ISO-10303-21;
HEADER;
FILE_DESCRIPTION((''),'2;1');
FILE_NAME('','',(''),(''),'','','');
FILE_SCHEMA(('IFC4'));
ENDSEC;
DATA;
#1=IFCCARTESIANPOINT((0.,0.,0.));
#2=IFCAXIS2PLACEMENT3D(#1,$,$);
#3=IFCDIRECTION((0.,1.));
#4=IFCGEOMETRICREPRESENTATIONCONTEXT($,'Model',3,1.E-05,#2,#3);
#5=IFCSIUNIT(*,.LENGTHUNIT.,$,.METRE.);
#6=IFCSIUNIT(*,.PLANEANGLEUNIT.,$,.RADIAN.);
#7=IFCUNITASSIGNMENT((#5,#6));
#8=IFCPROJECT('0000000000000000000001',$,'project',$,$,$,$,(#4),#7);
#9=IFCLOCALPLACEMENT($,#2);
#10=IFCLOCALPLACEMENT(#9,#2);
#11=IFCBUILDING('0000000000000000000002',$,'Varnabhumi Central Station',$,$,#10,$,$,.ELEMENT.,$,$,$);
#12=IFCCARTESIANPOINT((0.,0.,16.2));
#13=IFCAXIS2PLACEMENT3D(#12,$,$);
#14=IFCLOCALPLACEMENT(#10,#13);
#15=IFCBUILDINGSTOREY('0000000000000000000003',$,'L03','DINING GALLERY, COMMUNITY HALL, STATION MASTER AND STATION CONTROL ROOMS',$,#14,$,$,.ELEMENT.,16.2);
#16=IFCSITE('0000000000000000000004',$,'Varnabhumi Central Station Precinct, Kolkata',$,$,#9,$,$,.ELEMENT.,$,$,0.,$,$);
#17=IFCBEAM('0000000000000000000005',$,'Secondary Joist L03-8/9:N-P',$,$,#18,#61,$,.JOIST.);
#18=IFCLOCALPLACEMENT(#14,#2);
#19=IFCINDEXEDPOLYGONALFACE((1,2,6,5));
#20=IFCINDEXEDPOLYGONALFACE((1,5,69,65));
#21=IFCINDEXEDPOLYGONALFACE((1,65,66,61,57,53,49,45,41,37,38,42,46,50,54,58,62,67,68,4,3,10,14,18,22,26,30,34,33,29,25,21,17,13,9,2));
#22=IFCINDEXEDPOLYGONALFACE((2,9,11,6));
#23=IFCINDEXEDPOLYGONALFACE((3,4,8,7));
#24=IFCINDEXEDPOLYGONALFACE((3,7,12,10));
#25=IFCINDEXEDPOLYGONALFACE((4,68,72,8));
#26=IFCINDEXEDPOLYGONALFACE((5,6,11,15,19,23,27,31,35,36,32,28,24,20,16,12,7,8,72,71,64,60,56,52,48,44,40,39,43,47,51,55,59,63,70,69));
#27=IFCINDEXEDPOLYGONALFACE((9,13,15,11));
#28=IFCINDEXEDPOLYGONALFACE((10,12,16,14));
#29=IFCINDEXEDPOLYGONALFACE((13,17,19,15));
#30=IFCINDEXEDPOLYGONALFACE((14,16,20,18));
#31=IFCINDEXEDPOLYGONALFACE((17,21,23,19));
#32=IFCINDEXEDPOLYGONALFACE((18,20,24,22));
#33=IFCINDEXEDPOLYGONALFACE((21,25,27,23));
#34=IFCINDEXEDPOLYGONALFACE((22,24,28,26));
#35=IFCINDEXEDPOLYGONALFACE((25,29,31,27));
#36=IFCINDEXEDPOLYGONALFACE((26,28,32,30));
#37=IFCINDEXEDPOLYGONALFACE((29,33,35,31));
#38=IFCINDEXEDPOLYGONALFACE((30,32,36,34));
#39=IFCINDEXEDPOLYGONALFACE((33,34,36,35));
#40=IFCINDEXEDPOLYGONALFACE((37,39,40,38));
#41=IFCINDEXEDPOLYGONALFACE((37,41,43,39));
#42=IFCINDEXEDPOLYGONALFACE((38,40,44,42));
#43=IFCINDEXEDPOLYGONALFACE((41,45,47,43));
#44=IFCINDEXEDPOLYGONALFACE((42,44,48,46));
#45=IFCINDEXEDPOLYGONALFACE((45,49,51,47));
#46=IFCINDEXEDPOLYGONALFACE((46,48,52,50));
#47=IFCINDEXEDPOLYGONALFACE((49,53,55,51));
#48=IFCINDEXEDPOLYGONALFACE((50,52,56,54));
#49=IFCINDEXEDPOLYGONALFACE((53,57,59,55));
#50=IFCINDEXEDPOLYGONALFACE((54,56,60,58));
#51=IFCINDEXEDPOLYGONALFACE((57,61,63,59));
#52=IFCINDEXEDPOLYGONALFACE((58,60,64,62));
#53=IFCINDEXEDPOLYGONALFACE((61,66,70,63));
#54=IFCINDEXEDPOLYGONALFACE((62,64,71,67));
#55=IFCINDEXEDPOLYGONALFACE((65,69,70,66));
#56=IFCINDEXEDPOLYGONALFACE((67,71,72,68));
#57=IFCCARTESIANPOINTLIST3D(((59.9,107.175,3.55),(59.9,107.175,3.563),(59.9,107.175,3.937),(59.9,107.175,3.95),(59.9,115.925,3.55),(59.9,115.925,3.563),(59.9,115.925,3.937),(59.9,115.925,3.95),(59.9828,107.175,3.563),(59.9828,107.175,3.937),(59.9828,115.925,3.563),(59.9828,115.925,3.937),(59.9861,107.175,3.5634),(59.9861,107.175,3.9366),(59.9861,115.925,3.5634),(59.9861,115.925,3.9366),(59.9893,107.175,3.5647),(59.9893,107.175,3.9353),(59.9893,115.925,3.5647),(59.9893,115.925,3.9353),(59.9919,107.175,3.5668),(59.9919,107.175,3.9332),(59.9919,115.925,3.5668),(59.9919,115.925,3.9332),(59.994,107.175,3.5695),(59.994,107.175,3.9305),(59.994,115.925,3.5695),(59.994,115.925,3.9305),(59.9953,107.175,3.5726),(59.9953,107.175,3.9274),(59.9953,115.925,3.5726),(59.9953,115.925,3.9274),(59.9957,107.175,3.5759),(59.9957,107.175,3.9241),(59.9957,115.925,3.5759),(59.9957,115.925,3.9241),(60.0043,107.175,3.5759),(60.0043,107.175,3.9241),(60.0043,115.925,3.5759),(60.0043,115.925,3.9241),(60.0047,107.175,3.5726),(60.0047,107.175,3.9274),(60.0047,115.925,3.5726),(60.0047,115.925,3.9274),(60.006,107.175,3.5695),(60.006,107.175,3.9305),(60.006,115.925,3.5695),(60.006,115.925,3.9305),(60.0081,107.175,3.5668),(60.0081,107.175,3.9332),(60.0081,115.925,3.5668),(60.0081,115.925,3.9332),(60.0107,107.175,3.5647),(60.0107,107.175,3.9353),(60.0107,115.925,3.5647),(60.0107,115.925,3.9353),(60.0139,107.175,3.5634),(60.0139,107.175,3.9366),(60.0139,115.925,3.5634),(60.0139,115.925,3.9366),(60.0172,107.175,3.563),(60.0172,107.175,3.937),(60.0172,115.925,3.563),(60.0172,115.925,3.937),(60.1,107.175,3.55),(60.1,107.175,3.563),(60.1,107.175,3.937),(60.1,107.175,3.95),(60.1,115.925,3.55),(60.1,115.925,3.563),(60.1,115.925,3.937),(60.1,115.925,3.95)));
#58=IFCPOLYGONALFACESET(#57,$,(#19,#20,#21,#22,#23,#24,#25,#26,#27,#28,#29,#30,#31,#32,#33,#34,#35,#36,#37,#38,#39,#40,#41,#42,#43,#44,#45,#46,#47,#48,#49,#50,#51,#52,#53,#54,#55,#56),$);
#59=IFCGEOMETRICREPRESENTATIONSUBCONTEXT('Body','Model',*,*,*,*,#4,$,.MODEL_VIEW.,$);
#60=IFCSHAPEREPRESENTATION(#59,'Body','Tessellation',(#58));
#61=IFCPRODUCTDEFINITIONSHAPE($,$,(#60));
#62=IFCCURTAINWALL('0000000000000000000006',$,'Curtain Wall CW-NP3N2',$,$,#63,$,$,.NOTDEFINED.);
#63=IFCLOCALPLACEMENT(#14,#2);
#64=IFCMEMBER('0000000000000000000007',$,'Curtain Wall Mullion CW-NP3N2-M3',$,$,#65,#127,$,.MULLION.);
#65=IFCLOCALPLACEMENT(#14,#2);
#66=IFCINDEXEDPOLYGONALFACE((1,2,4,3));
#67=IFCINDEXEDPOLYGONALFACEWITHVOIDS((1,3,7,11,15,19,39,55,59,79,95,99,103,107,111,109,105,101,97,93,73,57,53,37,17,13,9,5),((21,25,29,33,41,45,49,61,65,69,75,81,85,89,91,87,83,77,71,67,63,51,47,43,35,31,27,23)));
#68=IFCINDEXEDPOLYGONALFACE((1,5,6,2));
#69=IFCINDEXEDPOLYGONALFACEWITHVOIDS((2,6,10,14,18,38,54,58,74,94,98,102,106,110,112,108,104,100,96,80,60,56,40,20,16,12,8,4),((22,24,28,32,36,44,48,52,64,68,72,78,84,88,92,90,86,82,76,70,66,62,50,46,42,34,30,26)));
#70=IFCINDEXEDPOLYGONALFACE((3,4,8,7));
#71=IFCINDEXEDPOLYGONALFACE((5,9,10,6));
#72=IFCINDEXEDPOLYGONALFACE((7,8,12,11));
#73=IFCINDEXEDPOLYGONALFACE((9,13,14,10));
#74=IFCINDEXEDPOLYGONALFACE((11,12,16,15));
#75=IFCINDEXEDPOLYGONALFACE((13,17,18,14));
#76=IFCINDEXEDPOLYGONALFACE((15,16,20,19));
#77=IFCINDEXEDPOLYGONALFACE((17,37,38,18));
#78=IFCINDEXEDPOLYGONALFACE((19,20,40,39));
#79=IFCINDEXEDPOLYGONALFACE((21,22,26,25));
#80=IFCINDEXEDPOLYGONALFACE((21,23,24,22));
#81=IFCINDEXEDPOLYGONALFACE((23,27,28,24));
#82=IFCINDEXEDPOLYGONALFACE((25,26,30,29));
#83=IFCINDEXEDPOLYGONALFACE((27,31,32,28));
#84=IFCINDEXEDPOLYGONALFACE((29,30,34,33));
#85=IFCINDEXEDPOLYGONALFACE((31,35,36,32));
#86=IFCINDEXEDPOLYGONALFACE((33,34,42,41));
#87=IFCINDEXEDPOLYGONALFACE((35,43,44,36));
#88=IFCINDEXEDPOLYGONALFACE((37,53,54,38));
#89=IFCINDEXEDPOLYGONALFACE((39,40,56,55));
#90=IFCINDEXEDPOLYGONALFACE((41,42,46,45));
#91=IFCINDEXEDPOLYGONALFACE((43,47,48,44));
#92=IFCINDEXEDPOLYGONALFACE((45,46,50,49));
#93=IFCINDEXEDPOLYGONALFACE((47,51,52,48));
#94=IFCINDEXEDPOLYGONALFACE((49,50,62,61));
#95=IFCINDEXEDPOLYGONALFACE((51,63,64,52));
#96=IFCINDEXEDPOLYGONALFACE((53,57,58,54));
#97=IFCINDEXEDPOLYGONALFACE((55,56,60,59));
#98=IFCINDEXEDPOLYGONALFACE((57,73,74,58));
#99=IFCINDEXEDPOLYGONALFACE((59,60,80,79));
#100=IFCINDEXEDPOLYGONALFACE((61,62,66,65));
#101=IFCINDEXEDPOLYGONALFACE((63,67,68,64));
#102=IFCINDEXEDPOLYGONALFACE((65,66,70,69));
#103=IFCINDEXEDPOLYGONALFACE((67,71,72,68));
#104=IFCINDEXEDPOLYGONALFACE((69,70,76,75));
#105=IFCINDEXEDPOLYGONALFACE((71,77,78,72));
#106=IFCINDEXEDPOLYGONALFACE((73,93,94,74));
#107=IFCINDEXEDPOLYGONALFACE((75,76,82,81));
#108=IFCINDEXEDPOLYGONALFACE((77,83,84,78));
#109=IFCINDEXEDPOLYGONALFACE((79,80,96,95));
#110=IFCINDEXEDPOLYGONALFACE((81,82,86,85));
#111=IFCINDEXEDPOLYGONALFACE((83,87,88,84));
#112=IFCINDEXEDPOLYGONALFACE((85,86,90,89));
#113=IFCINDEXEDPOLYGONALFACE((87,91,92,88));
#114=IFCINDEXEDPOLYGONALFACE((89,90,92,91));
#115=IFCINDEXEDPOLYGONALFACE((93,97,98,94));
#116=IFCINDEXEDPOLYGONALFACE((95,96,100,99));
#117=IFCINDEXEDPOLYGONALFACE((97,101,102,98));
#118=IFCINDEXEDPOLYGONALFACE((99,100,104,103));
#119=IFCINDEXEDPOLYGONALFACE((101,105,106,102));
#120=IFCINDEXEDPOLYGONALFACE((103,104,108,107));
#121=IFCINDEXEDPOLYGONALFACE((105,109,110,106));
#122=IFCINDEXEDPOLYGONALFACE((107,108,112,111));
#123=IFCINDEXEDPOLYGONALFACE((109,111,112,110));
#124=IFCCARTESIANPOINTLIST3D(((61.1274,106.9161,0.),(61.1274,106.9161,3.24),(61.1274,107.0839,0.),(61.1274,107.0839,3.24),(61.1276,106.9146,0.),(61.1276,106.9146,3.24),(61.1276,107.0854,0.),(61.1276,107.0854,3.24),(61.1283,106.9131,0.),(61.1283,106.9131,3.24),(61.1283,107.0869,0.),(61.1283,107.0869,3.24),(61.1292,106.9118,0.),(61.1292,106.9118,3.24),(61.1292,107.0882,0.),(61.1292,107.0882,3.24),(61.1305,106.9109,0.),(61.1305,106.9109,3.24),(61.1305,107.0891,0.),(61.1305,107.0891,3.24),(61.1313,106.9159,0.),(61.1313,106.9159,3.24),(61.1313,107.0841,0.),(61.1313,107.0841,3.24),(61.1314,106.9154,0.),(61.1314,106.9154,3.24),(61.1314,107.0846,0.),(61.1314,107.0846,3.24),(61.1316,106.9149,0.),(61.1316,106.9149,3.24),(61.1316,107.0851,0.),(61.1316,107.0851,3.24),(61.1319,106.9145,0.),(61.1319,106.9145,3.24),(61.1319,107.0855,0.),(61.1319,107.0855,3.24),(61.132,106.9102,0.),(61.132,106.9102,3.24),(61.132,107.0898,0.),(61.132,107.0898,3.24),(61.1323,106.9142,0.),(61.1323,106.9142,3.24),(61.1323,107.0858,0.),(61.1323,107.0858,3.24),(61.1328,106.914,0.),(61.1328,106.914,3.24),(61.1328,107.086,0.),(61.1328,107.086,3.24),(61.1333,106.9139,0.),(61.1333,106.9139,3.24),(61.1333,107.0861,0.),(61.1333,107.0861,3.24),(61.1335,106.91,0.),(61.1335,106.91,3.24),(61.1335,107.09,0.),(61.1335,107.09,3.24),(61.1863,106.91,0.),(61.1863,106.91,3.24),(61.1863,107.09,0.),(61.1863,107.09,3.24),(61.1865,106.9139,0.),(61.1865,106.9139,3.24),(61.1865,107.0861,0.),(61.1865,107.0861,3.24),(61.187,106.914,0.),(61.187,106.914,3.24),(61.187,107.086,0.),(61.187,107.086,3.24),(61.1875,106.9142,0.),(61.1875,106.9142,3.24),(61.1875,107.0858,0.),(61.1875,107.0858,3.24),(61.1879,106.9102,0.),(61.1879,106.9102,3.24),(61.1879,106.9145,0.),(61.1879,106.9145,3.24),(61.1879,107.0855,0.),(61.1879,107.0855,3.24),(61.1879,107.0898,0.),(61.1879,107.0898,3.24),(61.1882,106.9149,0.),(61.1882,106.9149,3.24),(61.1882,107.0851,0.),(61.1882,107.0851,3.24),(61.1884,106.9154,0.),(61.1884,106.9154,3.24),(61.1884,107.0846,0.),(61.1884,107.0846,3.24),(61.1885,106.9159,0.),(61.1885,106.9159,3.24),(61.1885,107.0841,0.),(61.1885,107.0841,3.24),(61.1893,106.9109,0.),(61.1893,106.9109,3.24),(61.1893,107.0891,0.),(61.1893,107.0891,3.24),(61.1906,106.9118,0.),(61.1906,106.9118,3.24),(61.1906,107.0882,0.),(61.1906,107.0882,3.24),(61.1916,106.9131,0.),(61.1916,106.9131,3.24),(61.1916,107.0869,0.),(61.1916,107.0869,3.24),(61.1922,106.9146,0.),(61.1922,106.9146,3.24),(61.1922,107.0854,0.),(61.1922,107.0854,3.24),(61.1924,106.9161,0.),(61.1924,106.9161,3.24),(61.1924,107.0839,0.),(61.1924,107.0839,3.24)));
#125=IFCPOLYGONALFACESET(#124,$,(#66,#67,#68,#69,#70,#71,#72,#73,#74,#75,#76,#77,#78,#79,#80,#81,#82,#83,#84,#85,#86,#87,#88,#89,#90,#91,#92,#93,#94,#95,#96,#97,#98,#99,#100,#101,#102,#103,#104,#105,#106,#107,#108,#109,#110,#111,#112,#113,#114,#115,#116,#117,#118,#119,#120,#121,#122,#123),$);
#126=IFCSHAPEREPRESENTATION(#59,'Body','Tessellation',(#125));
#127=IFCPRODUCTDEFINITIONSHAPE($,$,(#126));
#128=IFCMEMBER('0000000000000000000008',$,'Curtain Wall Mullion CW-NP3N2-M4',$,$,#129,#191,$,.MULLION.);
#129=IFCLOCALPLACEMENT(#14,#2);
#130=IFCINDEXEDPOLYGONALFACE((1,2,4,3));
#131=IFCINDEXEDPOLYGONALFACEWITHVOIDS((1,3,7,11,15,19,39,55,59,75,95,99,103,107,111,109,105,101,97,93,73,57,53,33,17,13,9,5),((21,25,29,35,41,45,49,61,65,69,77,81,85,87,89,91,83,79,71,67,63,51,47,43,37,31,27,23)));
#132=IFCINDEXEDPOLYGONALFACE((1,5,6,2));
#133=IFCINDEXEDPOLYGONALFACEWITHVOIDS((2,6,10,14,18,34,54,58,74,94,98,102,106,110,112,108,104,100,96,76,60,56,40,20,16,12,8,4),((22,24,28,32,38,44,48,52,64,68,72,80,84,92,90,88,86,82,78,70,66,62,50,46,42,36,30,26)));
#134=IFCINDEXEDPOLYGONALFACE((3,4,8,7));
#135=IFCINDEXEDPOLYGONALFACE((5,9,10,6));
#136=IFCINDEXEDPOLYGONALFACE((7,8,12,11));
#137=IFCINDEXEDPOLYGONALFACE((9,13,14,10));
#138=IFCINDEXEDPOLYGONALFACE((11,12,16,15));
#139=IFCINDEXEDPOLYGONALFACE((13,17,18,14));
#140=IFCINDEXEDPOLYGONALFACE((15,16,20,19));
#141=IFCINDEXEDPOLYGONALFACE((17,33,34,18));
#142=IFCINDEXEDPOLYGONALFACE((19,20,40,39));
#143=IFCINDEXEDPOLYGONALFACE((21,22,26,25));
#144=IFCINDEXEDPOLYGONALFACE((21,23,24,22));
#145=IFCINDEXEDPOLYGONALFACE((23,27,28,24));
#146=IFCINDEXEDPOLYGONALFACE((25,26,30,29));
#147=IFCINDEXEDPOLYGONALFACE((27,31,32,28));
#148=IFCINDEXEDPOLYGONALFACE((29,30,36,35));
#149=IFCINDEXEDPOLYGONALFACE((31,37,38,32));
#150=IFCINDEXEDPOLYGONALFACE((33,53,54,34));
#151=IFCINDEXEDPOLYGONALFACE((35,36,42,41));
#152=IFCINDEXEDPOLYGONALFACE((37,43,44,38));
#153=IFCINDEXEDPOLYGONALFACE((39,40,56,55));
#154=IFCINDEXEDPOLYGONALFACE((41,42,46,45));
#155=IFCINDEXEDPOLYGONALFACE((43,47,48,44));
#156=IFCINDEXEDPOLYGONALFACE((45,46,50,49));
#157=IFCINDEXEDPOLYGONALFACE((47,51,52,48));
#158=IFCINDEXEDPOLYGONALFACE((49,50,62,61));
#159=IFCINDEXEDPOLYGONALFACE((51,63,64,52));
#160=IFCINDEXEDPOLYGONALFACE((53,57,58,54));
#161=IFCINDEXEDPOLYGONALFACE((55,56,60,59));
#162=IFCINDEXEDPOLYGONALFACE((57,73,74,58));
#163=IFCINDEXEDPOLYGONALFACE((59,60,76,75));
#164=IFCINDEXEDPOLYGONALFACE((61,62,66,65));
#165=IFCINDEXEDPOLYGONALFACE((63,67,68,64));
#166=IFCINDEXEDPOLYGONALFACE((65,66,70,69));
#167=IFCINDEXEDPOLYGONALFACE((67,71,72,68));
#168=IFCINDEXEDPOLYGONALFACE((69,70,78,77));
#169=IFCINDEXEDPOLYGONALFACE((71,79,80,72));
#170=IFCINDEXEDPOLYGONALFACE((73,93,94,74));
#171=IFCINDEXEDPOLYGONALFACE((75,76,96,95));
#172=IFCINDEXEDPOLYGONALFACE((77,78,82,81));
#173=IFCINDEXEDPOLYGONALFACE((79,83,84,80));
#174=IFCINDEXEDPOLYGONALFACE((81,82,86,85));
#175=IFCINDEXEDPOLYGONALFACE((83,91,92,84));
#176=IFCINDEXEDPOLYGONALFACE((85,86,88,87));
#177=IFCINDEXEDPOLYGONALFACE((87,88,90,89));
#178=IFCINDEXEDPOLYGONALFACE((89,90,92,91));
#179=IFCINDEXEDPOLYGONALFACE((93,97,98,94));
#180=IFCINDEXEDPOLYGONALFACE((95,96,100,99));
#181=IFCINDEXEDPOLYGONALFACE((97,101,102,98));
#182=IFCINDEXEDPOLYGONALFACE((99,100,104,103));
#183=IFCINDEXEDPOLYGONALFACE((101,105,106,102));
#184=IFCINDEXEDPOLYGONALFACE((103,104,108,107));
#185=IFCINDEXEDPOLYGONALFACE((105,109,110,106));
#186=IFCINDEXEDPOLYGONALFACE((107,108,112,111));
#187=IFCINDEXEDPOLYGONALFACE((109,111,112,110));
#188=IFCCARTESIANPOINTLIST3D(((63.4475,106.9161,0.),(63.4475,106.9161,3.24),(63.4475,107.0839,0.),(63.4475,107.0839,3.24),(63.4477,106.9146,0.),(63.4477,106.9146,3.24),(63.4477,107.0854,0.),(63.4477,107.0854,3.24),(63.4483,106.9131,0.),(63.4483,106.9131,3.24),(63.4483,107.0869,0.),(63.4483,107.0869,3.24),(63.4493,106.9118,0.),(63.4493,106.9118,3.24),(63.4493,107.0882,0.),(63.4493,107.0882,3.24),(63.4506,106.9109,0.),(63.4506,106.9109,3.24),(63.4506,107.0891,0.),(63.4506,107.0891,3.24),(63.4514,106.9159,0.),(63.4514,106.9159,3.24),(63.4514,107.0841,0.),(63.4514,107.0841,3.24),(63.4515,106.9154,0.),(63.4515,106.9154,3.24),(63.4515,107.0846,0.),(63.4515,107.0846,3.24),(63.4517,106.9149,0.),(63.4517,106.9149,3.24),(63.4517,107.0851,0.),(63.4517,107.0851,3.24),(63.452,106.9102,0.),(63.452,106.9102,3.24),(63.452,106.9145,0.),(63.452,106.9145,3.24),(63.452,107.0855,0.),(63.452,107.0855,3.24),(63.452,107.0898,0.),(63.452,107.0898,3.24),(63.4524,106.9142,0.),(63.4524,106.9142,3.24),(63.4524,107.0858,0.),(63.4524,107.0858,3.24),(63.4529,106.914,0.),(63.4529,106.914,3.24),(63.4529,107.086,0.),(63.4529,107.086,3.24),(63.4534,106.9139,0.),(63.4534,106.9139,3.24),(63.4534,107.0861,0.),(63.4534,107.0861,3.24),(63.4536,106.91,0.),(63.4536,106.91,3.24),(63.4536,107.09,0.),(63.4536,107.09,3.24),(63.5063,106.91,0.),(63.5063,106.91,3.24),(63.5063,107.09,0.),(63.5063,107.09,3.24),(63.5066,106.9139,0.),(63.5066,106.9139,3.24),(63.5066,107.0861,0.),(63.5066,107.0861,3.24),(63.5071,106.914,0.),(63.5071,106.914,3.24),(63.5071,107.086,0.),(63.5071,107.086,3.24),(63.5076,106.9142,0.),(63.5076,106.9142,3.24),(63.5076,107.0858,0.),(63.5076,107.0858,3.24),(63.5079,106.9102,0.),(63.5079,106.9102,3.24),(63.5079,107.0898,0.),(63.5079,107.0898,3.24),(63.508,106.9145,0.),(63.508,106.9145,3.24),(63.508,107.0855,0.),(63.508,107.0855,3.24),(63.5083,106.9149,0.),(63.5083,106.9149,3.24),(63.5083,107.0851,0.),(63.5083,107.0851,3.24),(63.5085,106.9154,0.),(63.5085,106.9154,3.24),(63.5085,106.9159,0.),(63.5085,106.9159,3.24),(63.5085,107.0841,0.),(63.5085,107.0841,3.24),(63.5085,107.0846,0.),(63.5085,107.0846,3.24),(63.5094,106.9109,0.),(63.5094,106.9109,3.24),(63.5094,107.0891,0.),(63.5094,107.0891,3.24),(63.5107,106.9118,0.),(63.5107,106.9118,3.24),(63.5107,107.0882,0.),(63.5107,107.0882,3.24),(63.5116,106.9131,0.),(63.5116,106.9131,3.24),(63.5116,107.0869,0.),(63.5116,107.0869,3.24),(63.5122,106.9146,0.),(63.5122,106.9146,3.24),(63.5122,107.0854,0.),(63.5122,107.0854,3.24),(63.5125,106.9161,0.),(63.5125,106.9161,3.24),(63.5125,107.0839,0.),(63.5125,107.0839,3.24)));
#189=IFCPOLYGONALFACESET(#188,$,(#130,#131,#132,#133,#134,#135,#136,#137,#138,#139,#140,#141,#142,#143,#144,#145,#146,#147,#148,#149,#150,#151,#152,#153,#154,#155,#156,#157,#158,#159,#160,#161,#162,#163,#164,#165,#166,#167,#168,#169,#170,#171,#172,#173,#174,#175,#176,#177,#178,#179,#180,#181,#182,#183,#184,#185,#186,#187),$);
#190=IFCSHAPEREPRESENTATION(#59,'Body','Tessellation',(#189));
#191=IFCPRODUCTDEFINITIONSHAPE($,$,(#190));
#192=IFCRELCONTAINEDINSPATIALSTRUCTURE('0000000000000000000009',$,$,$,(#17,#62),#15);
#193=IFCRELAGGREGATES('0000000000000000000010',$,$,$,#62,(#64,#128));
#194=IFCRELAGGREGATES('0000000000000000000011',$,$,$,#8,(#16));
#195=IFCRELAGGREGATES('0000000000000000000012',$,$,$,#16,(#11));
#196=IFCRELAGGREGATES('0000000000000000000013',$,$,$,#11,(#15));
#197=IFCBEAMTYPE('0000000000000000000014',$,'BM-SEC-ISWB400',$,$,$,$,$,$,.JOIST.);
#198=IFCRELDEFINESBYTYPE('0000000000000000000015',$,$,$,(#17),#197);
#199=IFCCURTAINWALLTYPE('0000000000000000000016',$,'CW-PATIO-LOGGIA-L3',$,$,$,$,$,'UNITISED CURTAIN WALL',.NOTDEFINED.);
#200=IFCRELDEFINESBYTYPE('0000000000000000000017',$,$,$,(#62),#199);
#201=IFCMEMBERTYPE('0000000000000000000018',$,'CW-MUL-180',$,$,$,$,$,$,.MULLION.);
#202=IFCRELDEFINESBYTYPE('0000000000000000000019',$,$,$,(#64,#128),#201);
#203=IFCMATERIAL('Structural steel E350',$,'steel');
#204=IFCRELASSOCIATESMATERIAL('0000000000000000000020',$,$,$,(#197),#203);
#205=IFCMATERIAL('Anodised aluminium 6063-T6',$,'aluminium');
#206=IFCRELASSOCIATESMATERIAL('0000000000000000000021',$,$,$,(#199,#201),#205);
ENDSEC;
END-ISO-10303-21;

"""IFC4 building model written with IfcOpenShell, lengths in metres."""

from ifc_helpers import new_model, si_unit, direction, frame, origin, origin_2d, place, context, subcontext, project, spatial, hollow_rectangle, i_section, extrude, material, material_profile, profile_set, type_object, element, aggregate, save


model = new_model("IFC4")

# Units and contexts
model_context = context("Model", 3, precision=1e-05, world=origin(), true_north=direction((0.0, 1.0)))
body_context = subcontext(model_context, "Body", "Model", "MODEL_VIEW")
ifc_project = project(units=[si_unit("LENGTHUNIT", "METRE"), si_unit("PLANEANGLEUNIT", "RADIAN")], contexts=[model_context])

# Site, building, storey
site_placement = place(None, origin())
site = spatial("IfcSite", under=ifc_project, at=site_placement, Name="Varnabhumi Central Station Precinct, Kolkata", CompositionType="ELEMENT", RefElevation=0.0)
building_placement = place(site_placement, origin())
building = spatial("IfcBuilding", under=site, at=building_placement, Name="Varnabhumi Central Station", CompositionType="ELEMENT")
storey_placement = place(building_placement, frame((0.0, 0.0, 16.2)))
storey = spatial("IfcBuildingStorey", under=building, at=storey_placement, Name="L03", Description="DINING GALLERY, COMMUNITY HALL, STATION MASTER AND STATION CONTROL ROOMS", CompositionType="ELEMENT", Elevation=16.2)

# Beam
ifc_material_1 = material(Name="Structural steel E350", Category="steel")
ifc_material_profile_1 = material_profile(ifc_material_1, i_section(OverallWidth=0.2, OverallDepth=0.3999, WebThickness=0.0085, FlangeThickness=0.0129, FilletRadius=0.0129, at=origin_2d()), Name="Structural steel E350", Category="steel")
ifc_profile_set_1 = profile_set([ifc_material_profile_1], Name="Structural steel E350")
beam_type_1 = type_object("IfcBeamType", Name="BM-SEC-ISWB400", PredefinedType="JOIST", material=ifc_profile_set_1)
beam_1_placement = place(storey_placement, frame((60.0, 107.175, 3.75), z_axis=(0.0, 1.0, 0.0), x_axis=(-1.0, 0.0, 0.0)))
element("IfcBeam", 1, at=beam_1_placement, inside=storey, type_object=beam_type_1, Name="Secondary Joist L03-8/9:N-P", PredefinedType="JOIST", context=body_context, shape_type="SweptSolid", body=[
    extrude(i_section(OverallWidth=0.2, OverallDepth=0.3999, WebThickness=0.0085, FlangeThickness=0.0129, FilletRadius=0.0129, at=origin_2d()), origin(), (0.0, 0.0, 1.0), 8.75),
])

# Curtain wall, members
ifc_material_2 = material(Name="Anodised aluminium 6063-T6", Category="aluminium")
curtain_wall_type = type_object("IfcCurtainWallType", Name="CW-PATIO-LOGGIA-L3", ElementType="UNITISED CURTAIN WALL", PredefinedType="NOTDEFINED", material=ifc_material_2)
curtain_wall_1_placement = place(storey_placement, origin())
curtain_wall_1 = element("IfcCurtainWall", 2, at=curtain_wall_1_placement, inside=storey, type_object=curtain_wall_type, Name="Curtain Wall CW-NP3N2", PredefinedType="NOTDEFINED")
ifc_material_profile_2 = material_profile(ifc_material_2, hollow_rectangle(XDim=0.0649, YDim=0.1799, WallThickness=0.0039, InnerFilletRadius=0.002, OuterFilletRadius=0.0061, at=origin_2d()), Name="Anodised aluminium 6063-T6", Category="aluminium")
ifc_profile_set_2 = profile_set([ifc_material_profile_2], Name="Anodised aluminium 6063-T6")
member_type_1 = type_object("IfcMemberType", Name="CW-MUL-180", PredefinedType="MULLION", material=ifc_profile_set_2)
member_1_placement = place(storey_placement, frame((61.1599, 107.0, 0.0), z_axis=(0.0, 0.0, 1.0), x_axis=(1.0, 0.0, 0.0)))
member_1 = element("IfcMember", 3, at=member_1_placement, type_object=member_type_1, Name="Curtain Wall Mullion CW-NP3N2-M3", PredefinedType="MULLION", context=body_context, shape_type="SweptSolid", body=[
    extrude(hollow_rectangle(XDim=0.0649, YDim=0.1799, WallThickness=0.0039, InnerFilletRadius=0.002, OuterFilletRadius=0.0061, at=origin_2d()), origin(), (0.0, 0.0, 1.0), 3.24),
])
member_2_placement = place(storey_placement, frame((63.48, 107.0, 0.0), z_axis=(0.0, 0.0, 1.0), x_axis=(1.0, 0.0, 0.0)))
member_2 = element("IfcMember", 4, at=member_2_placement, type_object=member_type_1, Name="Curtain Wall Mullion CW-NP3N2-M4", PredefinedType="MULLION", context=body_context, shape_type="SweptSolid", body=[
    extrude(hollow_rectangle(XDim=0.0649, YDim=0.1799, WallThickness=0.0039, InnerFilletRadius=0.002, OuterFilletRadius=0.0061, at=origin_2d()), origin(), (0.0, 0.0, 1.0), 3.24),
])

aggregate(curtain_wall_1, [member_1, member_2])

save(model, "model.ifc")
